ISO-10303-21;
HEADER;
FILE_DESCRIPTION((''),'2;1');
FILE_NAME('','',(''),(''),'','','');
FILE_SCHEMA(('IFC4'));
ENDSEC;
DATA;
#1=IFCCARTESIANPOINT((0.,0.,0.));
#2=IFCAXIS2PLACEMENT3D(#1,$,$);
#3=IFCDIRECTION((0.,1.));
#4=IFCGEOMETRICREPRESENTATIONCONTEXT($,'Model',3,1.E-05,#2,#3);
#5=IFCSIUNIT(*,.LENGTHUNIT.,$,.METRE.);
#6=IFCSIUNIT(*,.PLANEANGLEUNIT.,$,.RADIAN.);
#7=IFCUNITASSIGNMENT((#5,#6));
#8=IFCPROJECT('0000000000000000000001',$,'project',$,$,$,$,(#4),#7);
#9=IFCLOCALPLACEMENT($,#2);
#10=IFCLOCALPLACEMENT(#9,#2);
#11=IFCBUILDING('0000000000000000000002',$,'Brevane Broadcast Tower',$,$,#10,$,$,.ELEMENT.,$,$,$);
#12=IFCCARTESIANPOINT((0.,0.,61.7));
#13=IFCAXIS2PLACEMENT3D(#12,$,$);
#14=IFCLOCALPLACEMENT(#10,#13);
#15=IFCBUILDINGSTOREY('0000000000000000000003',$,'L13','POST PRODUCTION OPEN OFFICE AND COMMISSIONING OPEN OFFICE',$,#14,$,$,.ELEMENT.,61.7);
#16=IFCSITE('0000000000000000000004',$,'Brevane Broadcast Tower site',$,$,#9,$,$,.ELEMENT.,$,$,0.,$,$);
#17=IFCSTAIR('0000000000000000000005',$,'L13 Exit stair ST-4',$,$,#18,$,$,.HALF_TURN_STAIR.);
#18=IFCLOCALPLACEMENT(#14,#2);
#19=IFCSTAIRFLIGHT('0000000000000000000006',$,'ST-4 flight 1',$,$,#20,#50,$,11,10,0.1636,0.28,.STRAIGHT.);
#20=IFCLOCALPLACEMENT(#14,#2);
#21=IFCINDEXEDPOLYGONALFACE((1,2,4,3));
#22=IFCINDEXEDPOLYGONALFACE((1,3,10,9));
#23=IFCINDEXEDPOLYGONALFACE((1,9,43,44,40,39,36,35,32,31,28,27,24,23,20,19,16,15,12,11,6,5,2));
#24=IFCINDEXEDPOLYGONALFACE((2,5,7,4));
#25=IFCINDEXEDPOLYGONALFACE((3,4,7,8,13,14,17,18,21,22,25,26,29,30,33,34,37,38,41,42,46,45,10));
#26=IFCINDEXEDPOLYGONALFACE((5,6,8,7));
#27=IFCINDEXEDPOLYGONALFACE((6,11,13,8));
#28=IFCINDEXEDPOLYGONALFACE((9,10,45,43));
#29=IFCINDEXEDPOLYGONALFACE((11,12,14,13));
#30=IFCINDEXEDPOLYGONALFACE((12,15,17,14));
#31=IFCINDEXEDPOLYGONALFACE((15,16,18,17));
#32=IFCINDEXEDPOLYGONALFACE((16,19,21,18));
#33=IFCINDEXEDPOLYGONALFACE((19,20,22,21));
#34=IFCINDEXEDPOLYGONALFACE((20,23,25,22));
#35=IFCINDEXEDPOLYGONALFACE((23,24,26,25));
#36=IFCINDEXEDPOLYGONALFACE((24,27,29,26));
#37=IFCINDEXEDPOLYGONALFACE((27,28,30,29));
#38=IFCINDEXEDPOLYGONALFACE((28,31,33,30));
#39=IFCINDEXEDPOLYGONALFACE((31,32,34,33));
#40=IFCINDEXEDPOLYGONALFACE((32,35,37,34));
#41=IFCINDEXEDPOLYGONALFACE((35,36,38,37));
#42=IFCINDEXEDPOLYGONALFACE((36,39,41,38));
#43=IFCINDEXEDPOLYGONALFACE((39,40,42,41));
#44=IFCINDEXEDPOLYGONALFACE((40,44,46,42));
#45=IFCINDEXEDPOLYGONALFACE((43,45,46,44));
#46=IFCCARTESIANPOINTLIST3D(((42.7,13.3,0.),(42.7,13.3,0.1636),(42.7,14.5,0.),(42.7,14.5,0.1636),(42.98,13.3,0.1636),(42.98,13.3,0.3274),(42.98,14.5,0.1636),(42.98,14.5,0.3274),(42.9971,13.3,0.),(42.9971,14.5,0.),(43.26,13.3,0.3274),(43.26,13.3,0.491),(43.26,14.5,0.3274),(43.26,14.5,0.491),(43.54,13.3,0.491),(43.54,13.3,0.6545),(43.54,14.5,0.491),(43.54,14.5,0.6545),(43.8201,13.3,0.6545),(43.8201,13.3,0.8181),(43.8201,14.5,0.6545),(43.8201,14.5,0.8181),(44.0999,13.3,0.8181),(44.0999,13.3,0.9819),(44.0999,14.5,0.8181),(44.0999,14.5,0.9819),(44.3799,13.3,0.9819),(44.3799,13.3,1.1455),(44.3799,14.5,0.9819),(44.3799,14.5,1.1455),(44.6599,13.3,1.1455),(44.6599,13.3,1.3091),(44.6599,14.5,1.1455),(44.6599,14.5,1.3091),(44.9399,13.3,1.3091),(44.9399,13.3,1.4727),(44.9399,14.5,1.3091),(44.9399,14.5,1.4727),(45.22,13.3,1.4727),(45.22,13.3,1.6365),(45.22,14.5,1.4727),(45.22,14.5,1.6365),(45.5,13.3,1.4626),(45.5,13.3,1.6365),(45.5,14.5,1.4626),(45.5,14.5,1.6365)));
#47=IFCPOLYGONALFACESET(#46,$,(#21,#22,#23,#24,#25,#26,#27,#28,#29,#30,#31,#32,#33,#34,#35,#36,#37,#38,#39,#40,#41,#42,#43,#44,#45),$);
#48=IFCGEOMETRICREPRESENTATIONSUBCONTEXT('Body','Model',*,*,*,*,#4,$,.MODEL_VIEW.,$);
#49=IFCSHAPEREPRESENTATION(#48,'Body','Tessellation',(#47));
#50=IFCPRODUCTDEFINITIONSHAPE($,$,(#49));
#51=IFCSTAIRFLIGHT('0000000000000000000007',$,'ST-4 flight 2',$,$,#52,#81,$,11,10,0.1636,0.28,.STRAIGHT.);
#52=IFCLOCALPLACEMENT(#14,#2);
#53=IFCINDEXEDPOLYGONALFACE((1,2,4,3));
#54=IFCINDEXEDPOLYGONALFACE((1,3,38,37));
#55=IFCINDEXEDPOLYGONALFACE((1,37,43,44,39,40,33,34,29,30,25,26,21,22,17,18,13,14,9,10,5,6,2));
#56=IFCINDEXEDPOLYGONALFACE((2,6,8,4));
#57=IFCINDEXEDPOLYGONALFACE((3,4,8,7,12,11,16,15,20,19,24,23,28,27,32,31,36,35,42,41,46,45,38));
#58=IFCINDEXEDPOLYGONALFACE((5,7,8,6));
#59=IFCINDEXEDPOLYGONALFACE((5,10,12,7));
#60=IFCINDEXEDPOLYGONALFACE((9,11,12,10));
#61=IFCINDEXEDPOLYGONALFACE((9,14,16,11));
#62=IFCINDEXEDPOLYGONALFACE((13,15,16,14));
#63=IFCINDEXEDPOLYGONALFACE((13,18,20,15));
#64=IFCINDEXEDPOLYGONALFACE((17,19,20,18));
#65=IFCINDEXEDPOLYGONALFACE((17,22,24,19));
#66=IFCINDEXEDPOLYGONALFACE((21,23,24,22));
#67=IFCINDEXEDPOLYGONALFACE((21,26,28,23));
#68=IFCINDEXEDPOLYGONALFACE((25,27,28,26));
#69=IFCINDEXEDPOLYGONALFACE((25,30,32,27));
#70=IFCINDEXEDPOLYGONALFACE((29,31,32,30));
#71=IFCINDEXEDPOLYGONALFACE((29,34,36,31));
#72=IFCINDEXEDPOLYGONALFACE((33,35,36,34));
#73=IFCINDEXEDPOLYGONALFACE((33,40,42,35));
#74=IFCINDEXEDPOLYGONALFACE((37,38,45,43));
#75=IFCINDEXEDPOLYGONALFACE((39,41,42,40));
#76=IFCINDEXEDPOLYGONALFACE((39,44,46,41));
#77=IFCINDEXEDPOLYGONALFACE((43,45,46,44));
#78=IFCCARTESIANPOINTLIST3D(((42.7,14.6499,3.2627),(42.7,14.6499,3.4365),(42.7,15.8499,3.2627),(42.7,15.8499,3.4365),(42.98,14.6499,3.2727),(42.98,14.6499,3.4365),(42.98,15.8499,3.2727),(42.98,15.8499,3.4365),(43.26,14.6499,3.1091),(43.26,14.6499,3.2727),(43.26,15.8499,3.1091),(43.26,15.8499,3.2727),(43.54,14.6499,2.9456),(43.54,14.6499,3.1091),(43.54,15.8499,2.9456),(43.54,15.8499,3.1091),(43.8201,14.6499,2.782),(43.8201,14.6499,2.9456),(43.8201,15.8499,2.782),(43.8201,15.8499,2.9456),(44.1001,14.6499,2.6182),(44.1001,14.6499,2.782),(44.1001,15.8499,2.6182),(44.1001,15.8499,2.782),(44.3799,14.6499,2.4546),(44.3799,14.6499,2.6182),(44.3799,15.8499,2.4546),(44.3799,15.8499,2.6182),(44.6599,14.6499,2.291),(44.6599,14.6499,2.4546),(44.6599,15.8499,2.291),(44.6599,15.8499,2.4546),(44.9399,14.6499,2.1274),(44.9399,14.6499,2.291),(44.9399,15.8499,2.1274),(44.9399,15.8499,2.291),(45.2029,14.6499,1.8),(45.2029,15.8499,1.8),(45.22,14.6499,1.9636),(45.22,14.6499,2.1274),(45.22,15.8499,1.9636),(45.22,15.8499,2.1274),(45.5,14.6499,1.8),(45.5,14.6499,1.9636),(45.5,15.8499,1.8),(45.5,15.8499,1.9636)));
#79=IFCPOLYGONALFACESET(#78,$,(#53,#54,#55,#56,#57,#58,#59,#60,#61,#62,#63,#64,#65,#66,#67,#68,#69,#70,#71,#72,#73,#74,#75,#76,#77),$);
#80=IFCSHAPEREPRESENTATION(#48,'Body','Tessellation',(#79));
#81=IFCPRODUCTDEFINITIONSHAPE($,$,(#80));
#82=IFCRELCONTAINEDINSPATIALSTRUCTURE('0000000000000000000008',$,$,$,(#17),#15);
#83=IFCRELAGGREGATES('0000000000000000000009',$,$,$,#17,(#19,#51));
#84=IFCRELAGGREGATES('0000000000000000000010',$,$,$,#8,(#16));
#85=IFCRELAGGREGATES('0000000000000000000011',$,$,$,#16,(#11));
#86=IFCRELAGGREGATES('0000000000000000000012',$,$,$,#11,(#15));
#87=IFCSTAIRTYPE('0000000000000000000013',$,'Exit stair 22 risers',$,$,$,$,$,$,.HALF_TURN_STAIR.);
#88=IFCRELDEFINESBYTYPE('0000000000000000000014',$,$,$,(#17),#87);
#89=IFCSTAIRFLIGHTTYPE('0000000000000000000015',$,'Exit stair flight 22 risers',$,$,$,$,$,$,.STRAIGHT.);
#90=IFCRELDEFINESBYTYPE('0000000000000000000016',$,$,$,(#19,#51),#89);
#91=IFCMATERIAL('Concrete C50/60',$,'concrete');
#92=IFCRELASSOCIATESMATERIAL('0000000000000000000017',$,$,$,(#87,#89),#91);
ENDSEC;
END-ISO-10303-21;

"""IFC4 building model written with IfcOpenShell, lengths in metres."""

from ifc_helpers import new_model, si_unit, direction, frame, origin, place, context, subcontext, project, spatial, polyline, outline, extrude, material, type_object, element, aggregate, save


model = new_model("IFC4")

# Units and contexts
model_context = context("Model", 3, precision=1e-05, world=origin(), true_north=direction((0.0, 1.0)))
body_context = subcontext(model_context, "Body", "Model", "MODEL_VIEW")
ifc_project = project(units=[si_unit("LENGTHUNIT", "METRE"), si_unit("PLANEANGLEUNIT", "RADIAN")], contexts=[model_context])

# Site, building, storey
site_placement = place(None, origin())
site = spatial("IfcSite", under=ifc_project, at=site_placement, Name="Brevane Broadcast Tower site", CompositionType="ELEMENT", RefElevation=0.0)
building_placement = place(site_placement, origin())
building = spatial("IfcBuilding", under=site, at=building_placement, Name="Brevane Broadcast Tower", CompositionType="ELEMENT")
storey_placement = place(building_placement, frame((0.0, 0.0, 61.7)))
storey = spatial("IfcBuildingStorey", under=building, at=storey_placement, Name="L13", Description="POST PRODUCTION OPEN OFFICE AND COMMISSIONING OPEN OFFICE", CompositionType="ELEMENT", Elevation=61.7)

# Stair, stair flights
ifc_material_1 = material(Name="Concrete C50/60", Category="concrete")
stair_type = type_object("IfcStairType", Name="Exit stair 22 risers", PredefinedType="HALF_TURN_STAIR", material=ifc_material_1)
stair_placement = place(storey_placement, origin())
stair = element("IfcStair", 1, at=stair_placement, inside=storey, type_object=stair_type, Name="L13 Exit stair ST-4", PredefinedType="HALF_TURN_STAIR")
stair_flight_type = type_object("IfcStairFlightType", Name="Exit stair flight 22 risers", PredefinedType="STRAIGHT", material=ifc_material_1)
stair_flight_1_placement = place(storey_placement, frame((42.7, 13.8999, 0.0), z_axis=(0.0, 0.0, 1.0), x_axis=(1.0, 0.0, 0.0)))
stair_flight_1 = element("IfcStairFlight", 2, at=stair_flight_1_placement, type_object=stair_flight_type, Name="ST-4 flight 1", NumberOfRisers=11, NumberOfTreads=10, PredefinedType="STRAIGHT", RiserHeight=0.1636, TreadLength=0.28, context=body_context, shape_type="SweptSolid", body=[
    extrude(outline(polyline([(0.0, 0.0), (0.0, 0.1636), (0.28, 0.1636), (0.28, 0.3274), (0.5601, 0.3274), (0.5601, 0.491), (0.8401, 0.491), (0.8401, 0.6545), (1.1201, 0.6545), (1.1201, 0.8181), (1.3999, 0.8181), (1.3999, 0.9819), (1.6799, 0.9819), (1.6799, 1.1455), (1.96, 1.1455), (1.96, 1.3091), (2.24, 1.3091), (2.24, 1.4727), (2.52, 1.4727), (2.52, 1.6365), (2.8, 1.6365), (2.8, 1.8), (2.8, 1.4626), (0.2971, 0.0), (0.0, 0.0)])), frame((0.0, 0.6001, 0.0), z_axis=(0.0, -1.0, 0.0), x_axis=(1.0, 0.0, 0.0)), (0.0, 0.0, 1.0), 1.2),
])
stair_flight_2_placement = place(storey_placement, frame((45.5, 15.25, 1.8), z_axis=(0.0, 0.0, 1.0), x_axis=(-1.0, 0.0, 0.0)))
stair_flight_2 = element("IfcStairFlight", 3, at=stair_flight_2_placement, type_object=stair_flight_type, Name="ST-4 flight 2", NumberOfRisers=11, NumberOfTreads=10, PredefinedType="STRAIGHT", RiserHeight=0.1636, TreadLength=0.28, context=body_context, shape_type="SweptSolid", body=[
    extrude(outline(polyline([(0.0, 0.0), (0.0, 0.1636), (0.28, 0.1636), (0.28, 0.3274), (0.5601, 0.3274), (0.5601, 0.491), (0.8401, 0.491), (0.8401, 0.6545), (1.1201, 0.6545), (1.1201, 0.8181), (1.3999, 0.8181), (1.3999, 0.9819), (1.6799, 0.9819), (1.6799, 1.1455), (1.96, 1.1455), (1.96, 1.3091), (2.24, 1.3091), (2.24, 1.4727), (2.52, 1.4727), (2.52, 1.6365), (2.8, 1.6365), (2.8, 1.8), (2.8, 1.4626), (0.2971, 0.0), (0.0, 0.0)])), frame((0.0, 0.6001, 0.0), z_axis=(0.0, -1.0, 0.0), x_axis=(1.0, 0.0, 0.0)), (0.0, 0.0, 1.0), 1.2),
])
aggregate(stair, [stair_flight_1, stair_flight_2])

save(model, "model.ifc")
